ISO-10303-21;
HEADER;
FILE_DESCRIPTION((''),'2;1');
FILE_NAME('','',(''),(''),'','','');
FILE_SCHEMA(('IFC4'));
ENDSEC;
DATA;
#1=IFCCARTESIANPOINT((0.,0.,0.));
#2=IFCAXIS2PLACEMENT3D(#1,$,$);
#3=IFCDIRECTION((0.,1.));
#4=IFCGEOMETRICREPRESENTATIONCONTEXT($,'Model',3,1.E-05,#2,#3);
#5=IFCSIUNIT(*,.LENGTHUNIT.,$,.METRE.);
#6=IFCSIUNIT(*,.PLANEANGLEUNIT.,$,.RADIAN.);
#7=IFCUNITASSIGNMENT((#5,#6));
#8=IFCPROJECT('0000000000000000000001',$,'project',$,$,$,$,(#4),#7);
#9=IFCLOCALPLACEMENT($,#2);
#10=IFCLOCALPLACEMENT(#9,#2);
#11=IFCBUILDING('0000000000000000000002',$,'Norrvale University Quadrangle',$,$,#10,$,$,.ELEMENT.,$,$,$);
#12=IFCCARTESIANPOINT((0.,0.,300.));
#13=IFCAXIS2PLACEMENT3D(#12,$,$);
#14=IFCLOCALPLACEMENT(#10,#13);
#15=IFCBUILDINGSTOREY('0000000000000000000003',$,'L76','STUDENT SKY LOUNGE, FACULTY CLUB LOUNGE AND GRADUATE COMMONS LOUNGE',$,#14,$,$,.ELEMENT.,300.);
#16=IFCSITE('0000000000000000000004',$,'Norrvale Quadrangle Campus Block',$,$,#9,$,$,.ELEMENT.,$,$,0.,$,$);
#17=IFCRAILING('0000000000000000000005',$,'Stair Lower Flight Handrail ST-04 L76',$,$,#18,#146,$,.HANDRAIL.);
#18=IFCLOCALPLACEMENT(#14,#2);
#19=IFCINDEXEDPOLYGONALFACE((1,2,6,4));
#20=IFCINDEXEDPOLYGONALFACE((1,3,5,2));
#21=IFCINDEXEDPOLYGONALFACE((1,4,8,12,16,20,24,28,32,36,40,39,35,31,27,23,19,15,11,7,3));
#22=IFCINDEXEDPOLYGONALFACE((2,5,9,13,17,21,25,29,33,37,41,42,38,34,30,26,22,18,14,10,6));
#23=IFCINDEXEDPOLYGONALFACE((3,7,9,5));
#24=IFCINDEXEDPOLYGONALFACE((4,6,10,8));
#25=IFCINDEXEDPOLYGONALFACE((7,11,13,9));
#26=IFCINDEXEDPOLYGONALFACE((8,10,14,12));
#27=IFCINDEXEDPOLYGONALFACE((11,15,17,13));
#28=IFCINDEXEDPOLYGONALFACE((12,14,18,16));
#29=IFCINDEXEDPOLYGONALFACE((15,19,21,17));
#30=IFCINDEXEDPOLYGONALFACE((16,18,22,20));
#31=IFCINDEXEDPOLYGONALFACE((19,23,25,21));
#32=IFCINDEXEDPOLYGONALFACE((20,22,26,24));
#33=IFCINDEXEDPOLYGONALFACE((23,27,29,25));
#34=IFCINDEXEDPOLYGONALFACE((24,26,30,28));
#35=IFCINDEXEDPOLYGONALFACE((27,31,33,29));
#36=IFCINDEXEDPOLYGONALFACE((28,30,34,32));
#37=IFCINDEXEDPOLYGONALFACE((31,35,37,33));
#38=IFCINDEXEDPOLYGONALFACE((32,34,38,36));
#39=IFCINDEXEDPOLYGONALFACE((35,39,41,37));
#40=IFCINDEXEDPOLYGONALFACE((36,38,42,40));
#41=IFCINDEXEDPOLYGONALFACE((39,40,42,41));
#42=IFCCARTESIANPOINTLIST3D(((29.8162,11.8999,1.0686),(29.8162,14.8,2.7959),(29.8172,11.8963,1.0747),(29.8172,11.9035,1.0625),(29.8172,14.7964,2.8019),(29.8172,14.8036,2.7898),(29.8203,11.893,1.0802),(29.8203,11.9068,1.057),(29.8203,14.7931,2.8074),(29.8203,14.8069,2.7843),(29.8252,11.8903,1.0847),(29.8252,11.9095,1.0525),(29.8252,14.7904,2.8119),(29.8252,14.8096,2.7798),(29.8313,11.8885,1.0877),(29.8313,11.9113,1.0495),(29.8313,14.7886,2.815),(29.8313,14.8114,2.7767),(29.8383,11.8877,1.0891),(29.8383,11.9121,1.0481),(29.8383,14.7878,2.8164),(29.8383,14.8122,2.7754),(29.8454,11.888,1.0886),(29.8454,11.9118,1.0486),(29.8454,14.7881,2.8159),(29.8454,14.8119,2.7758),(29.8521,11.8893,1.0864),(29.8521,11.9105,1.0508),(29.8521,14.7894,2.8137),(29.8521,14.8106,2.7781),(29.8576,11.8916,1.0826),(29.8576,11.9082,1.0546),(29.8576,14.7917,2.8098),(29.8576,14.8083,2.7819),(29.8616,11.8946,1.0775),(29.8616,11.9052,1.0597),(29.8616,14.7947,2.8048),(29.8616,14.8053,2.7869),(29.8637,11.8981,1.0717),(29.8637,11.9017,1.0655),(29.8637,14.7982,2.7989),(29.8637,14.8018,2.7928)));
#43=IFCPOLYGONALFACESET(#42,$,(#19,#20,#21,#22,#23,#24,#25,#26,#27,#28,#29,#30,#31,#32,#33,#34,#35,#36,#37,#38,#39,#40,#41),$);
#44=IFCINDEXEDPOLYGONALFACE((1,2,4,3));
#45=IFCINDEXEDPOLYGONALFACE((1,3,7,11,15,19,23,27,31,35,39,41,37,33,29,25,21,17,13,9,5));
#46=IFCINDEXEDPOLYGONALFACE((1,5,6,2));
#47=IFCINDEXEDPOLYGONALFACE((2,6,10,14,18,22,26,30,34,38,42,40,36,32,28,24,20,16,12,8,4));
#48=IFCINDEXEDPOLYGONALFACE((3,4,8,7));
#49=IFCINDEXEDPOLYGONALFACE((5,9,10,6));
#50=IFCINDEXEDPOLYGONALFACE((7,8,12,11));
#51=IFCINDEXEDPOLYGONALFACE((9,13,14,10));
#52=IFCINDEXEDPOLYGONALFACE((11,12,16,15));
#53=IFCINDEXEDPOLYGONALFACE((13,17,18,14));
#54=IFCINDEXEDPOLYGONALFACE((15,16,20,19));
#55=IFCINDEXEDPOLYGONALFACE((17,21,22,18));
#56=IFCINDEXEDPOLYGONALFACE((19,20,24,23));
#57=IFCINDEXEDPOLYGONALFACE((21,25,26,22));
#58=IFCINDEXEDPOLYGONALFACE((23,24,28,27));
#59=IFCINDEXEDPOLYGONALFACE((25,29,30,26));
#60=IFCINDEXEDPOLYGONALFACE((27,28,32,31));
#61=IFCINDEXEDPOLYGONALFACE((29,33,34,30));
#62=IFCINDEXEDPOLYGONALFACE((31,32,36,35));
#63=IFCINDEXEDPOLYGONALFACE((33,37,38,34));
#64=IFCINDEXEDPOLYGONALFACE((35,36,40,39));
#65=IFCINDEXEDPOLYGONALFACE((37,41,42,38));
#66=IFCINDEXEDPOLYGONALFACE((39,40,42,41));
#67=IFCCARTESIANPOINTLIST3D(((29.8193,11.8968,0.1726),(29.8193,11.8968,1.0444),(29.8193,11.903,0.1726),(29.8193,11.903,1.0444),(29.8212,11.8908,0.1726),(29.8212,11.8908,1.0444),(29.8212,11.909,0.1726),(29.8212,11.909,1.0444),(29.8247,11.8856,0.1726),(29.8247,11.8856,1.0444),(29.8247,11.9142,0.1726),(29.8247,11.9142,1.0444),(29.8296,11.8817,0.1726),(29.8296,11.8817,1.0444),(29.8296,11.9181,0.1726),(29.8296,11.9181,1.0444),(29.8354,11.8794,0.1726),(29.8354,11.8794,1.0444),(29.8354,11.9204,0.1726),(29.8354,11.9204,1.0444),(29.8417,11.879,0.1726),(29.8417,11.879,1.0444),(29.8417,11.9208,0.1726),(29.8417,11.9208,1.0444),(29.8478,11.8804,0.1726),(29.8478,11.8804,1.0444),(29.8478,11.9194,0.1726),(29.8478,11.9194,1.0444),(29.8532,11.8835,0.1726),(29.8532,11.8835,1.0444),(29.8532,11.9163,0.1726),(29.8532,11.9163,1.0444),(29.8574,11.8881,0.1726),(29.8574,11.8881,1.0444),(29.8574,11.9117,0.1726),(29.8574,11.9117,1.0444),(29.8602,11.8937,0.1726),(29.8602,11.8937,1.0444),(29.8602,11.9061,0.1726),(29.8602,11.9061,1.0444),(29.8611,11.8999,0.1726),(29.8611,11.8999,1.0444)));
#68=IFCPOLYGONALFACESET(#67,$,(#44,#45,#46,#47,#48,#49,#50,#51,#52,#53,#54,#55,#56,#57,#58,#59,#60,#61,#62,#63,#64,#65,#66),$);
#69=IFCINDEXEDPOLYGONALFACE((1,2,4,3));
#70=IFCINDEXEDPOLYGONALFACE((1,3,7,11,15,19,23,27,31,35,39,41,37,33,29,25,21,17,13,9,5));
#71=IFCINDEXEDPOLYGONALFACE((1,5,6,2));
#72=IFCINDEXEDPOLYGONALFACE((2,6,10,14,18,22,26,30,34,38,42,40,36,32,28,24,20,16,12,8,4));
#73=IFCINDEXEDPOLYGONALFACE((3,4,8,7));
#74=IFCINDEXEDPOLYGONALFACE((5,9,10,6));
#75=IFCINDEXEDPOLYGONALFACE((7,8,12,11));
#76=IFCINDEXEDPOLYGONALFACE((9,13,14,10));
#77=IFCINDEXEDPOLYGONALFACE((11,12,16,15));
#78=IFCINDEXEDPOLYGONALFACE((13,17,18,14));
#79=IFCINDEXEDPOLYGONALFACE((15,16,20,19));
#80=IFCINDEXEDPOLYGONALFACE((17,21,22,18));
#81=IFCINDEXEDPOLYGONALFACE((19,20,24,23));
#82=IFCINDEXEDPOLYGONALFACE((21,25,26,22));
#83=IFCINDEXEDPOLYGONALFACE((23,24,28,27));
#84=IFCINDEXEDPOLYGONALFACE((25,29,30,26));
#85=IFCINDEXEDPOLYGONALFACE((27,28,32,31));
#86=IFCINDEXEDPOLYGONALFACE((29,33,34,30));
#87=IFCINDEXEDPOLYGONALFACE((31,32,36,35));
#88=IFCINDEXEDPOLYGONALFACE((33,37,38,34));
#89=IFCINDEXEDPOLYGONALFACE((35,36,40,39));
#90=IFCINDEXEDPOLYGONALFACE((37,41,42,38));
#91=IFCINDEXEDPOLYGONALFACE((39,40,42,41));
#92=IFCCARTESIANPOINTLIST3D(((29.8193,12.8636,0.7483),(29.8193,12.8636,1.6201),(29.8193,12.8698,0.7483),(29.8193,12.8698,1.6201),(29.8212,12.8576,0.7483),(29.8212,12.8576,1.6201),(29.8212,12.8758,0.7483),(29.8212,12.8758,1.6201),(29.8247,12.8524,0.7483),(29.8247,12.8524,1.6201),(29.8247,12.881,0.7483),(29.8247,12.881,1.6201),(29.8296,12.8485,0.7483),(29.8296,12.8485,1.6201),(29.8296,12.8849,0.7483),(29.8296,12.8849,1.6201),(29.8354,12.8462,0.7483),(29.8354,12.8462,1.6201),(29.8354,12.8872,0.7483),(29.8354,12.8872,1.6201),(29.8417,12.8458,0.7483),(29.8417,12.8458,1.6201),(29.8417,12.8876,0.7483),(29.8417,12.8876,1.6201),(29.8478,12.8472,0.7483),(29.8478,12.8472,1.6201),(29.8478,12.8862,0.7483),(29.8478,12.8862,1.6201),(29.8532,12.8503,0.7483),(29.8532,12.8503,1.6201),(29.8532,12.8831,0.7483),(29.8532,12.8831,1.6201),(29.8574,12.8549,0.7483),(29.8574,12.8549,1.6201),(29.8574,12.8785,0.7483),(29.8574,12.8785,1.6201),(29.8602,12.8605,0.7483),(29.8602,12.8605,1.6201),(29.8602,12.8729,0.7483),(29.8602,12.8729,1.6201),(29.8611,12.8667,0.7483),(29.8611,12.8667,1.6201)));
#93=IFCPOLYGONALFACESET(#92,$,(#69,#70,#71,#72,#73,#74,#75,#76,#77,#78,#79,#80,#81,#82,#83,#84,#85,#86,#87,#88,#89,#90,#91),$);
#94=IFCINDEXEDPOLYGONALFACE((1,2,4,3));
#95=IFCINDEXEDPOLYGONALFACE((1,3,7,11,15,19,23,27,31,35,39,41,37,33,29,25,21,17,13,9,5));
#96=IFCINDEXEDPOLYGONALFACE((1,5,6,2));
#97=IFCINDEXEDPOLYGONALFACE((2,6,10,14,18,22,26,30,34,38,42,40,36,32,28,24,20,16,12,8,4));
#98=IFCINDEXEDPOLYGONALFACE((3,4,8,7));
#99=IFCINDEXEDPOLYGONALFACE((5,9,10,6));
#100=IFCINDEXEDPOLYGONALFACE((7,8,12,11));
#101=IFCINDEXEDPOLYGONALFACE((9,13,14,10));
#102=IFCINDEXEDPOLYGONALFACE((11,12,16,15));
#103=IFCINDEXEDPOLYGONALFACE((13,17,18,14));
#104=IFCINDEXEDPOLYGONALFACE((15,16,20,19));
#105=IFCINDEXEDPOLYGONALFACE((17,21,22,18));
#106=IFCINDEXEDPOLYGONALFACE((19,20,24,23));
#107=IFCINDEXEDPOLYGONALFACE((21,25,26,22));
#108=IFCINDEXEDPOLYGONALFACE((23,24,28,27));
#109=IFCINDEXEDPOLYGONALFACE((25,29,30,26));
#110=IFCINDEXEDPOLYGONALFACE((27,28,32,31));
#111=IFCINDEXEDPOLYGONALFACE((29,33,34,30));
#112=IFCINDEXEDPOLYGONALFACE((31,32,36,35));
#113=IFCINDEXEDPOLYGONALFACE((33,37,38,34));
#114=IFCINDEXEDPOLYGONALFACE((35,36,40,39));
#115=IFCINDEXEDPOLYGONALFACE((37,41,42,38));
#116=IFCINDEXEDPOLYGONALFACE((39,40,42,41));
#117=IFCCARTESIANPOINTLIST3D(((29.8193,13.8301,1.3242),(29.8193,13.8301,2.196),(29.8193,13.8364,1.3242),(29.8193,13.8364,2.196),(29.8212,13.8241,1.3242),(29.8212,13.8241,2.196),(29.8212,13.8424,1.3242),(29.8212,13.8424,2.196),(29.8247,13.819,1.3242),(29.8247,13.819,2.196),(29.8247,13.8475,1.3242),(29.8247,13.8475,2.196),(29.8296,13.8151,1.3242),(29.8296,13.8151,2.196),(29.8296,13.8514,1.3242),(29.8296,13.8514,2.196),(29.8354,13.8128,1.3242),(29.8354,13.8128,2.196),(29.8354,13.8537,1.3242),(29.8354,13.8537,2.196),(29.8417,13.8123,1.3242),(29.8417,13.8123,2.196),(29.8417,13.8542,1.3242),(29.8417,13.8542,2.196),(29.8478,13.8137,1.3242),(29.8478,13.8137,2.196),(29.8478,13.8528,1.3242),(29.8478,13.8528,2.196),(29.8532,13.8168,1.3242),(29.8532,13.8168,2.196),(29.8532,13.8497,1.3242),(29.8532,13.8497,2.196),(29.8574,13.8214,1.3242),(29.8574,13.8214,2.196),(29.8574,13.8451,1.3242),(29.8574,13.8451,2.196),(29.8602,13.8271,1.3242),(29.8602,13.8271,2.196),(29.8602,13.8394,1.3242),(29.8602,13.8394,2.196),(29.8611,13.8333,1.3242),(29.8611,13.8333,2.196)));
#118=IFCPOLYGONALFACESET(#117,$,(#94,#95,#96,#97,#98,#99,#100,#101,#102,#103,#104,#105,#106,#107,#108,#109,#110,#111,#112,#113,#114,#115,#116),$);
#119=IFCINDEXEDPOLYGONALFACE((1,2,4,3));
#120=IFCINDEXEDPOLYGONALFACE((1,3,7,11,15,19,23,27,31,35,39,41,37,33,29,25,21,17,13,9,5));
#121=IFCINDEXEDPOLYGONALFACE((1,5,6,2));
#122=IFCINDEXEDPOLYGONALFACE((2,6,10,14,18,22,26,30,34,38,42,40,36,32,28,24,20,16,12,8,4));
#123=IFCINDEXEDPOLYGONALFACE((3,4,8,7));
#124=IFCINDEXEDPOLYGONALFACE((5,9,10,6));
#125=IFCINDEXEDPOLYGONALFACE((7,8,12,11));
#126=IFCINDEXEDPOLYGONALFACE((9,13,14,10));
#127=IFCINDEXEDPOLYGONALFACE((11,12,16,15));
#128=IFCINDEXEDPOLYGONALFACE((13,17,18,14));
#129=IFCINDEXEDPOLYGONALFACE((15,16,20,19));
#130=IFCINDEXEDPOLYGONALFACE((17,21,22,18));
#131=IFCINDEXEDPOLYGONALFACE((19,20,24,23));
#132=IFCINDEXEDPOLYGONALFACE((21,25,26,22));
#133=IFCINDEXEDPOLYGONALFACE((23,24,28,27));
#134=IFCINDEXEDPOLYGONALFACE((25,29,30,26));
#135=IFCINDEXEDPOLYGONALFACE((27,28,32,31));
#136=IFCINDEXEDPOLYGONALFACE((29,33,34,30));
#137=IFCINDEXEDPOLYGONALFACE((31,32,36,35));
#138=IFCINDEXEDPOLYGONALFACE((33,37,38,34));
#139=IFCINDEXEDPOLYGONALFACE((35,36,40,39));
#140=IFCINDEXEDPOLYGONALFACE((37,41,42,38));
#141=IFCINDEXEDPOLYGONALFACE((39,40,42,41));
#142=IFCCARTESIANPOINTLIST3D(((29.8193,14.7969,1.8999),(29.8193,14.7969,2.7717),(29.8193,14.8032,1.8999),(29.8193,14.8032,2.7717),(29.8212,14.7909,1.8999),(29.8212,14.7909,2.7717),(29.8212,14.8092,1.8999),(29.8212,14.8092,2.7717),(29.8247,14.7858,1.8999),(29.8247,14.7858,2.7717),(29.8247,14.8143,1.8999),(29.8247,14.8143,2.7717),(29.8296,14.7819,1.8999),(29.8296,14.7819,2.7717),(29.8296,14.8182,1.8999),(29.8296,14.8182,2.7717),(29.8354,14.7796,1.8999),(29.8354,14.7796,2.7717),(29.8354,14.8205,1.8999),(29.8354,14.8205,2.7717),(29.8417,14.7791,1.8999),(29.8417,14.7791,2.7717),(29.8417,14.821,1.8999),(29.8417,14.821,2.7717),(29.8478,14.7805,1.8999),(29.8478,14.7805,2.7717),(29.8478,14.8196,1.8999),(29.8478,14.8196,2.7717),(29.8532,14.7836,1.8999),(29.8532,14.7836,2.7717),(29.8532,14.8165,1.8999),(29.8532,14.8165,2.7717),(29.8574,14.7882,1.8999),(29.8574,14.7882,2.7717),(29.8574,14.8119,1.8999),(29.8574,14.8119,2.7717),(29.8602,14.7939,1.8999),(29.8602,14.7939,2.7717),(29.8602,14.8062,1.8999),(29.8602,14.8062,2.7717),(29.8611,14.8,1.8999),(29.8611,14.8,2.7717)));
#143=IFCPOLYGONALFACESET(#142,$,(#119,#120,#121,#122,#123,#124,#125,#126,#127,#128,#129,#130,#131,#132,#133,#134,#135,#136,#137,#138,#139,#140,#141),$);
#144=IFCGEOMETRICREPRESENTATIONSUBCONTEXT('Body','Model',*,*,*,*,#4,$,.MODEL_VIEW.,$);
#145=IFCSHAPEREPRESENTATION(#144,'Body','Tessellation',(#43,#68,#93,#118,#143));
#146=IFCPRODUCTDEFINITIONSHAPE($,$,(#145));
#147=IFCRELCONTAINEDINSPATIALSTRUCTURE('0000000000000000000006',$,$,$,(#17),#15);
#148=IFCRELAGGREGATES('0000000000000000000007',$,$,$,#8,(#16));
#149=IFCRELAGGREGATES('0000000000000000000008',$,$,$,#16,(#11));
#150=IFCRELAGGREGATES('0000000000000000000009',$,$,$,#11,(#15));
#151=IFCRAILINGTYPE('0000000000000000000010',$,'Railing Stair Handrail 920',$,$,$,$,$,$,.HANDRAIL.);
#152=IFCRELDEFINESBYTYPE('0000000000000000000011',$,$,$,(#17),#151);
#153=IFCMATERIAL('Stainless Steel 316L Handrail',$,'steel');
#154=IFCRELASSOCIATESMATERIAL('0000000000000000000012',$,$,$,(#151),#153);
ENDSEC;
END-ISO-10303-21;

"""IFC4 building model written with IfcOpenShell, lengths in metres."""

from ifc_helpers import new_model, si_unit, direction, frame, origin, origin_2d, place, context, subcontext, project, spatial, circle, extrude, material, type_object, element, save


model = new_model("IFC4")

# Units and contexts
model_context = context("Model", 3, precision=1e-05, world=origin(), true_north=direction((0.0, 1.0)))
body_context = subcontext(model_context, "Body", "Model", "MODEL_VIEW")
ifc_project = project(units=[si_unit("LENGTHUNIT", "METRE"), si_unit("PLANEANGLEUNIT", "RADIAN")], contexts=[model_context])

# Site, building, storey
site_placement = place(None, origin())
site = spatial("IfcSite", under=ifc_project, at=site_placement, Name="Norrvale Quadrangle Campus Block", CompositionType="ELEMENT", RefElevation=0.0)
building_placement = place(site_placement, origin())
building = spatial("IfcBuilding", under=site, at=building_placement, Name="Norrvale University Quadrangle", CompositionType="ELEMENT")
storey_placement = place(building_placement, frame((0.0, 0.0, 300.0)))
storey = spatial("IfcBuildingStorey", under=building, at=storey_placement, Name="L76", Description="STUDENT SKY LOUNGE, FACULTY CLUB LOUNGE AND GRADUATE COMMONS LOUNGE", CompositionType="ELEMENT", Elevation=300.0)

# Railing
ifc_material_1 = material(Name="Stainless Steel 316L Handrail", Category="steel")
railing_type_1 = type_object("IfcRailingType", Name="Railing Stair Handrail 920", PredefinedType="HANDRAIL", material=ifc_material_1)
railing_1_placement = place(storey_placement, frame((29.8401, 11.8999, 0.1726)))
element("IfcRailing", 1, at=railing_1_placement, inside=storey, type_object=railing_type_1, Name="Stair Lower Flight Handrail ST-04 L76", PredefinedType="HANDRAIL", context=body_context, shape_type="SweptSolid", body=[
    extrude(circle(Radius=0.0239, at=origin_2d()), frame((0.0, 0.0, 0.896), z_axis=(0.0, 0.85916, 0.511706), x_axis=(-1.0, 0.0, 0.0)), (0.0, 0.0, 1.0), 3.3755),
    extrude(circle(Radius=0.021, at=origin_2d()), origin(), (0.0, 0.0, 1.0), 0.8718),
    extrude(circle(Radius=0.021, at=origin_2d()), frame((0.0, 0.9668, 0.5757)), (0.0, 0.0, 1.0), 0.8718),
    extrude(circle(Radius=0.021, at=origin_2d()), frame((0.0, 1.9333, 1.1516)), (0.0, 0.0, 1.0), 0.8718),
    extrude(circle(Radius=0.021, at=origin_2d()), frame((0.0, 2.9001, 1.7273)), (0.0, 0.0, 1.0), 0.8718),
])

save(model, "model.ifc")
